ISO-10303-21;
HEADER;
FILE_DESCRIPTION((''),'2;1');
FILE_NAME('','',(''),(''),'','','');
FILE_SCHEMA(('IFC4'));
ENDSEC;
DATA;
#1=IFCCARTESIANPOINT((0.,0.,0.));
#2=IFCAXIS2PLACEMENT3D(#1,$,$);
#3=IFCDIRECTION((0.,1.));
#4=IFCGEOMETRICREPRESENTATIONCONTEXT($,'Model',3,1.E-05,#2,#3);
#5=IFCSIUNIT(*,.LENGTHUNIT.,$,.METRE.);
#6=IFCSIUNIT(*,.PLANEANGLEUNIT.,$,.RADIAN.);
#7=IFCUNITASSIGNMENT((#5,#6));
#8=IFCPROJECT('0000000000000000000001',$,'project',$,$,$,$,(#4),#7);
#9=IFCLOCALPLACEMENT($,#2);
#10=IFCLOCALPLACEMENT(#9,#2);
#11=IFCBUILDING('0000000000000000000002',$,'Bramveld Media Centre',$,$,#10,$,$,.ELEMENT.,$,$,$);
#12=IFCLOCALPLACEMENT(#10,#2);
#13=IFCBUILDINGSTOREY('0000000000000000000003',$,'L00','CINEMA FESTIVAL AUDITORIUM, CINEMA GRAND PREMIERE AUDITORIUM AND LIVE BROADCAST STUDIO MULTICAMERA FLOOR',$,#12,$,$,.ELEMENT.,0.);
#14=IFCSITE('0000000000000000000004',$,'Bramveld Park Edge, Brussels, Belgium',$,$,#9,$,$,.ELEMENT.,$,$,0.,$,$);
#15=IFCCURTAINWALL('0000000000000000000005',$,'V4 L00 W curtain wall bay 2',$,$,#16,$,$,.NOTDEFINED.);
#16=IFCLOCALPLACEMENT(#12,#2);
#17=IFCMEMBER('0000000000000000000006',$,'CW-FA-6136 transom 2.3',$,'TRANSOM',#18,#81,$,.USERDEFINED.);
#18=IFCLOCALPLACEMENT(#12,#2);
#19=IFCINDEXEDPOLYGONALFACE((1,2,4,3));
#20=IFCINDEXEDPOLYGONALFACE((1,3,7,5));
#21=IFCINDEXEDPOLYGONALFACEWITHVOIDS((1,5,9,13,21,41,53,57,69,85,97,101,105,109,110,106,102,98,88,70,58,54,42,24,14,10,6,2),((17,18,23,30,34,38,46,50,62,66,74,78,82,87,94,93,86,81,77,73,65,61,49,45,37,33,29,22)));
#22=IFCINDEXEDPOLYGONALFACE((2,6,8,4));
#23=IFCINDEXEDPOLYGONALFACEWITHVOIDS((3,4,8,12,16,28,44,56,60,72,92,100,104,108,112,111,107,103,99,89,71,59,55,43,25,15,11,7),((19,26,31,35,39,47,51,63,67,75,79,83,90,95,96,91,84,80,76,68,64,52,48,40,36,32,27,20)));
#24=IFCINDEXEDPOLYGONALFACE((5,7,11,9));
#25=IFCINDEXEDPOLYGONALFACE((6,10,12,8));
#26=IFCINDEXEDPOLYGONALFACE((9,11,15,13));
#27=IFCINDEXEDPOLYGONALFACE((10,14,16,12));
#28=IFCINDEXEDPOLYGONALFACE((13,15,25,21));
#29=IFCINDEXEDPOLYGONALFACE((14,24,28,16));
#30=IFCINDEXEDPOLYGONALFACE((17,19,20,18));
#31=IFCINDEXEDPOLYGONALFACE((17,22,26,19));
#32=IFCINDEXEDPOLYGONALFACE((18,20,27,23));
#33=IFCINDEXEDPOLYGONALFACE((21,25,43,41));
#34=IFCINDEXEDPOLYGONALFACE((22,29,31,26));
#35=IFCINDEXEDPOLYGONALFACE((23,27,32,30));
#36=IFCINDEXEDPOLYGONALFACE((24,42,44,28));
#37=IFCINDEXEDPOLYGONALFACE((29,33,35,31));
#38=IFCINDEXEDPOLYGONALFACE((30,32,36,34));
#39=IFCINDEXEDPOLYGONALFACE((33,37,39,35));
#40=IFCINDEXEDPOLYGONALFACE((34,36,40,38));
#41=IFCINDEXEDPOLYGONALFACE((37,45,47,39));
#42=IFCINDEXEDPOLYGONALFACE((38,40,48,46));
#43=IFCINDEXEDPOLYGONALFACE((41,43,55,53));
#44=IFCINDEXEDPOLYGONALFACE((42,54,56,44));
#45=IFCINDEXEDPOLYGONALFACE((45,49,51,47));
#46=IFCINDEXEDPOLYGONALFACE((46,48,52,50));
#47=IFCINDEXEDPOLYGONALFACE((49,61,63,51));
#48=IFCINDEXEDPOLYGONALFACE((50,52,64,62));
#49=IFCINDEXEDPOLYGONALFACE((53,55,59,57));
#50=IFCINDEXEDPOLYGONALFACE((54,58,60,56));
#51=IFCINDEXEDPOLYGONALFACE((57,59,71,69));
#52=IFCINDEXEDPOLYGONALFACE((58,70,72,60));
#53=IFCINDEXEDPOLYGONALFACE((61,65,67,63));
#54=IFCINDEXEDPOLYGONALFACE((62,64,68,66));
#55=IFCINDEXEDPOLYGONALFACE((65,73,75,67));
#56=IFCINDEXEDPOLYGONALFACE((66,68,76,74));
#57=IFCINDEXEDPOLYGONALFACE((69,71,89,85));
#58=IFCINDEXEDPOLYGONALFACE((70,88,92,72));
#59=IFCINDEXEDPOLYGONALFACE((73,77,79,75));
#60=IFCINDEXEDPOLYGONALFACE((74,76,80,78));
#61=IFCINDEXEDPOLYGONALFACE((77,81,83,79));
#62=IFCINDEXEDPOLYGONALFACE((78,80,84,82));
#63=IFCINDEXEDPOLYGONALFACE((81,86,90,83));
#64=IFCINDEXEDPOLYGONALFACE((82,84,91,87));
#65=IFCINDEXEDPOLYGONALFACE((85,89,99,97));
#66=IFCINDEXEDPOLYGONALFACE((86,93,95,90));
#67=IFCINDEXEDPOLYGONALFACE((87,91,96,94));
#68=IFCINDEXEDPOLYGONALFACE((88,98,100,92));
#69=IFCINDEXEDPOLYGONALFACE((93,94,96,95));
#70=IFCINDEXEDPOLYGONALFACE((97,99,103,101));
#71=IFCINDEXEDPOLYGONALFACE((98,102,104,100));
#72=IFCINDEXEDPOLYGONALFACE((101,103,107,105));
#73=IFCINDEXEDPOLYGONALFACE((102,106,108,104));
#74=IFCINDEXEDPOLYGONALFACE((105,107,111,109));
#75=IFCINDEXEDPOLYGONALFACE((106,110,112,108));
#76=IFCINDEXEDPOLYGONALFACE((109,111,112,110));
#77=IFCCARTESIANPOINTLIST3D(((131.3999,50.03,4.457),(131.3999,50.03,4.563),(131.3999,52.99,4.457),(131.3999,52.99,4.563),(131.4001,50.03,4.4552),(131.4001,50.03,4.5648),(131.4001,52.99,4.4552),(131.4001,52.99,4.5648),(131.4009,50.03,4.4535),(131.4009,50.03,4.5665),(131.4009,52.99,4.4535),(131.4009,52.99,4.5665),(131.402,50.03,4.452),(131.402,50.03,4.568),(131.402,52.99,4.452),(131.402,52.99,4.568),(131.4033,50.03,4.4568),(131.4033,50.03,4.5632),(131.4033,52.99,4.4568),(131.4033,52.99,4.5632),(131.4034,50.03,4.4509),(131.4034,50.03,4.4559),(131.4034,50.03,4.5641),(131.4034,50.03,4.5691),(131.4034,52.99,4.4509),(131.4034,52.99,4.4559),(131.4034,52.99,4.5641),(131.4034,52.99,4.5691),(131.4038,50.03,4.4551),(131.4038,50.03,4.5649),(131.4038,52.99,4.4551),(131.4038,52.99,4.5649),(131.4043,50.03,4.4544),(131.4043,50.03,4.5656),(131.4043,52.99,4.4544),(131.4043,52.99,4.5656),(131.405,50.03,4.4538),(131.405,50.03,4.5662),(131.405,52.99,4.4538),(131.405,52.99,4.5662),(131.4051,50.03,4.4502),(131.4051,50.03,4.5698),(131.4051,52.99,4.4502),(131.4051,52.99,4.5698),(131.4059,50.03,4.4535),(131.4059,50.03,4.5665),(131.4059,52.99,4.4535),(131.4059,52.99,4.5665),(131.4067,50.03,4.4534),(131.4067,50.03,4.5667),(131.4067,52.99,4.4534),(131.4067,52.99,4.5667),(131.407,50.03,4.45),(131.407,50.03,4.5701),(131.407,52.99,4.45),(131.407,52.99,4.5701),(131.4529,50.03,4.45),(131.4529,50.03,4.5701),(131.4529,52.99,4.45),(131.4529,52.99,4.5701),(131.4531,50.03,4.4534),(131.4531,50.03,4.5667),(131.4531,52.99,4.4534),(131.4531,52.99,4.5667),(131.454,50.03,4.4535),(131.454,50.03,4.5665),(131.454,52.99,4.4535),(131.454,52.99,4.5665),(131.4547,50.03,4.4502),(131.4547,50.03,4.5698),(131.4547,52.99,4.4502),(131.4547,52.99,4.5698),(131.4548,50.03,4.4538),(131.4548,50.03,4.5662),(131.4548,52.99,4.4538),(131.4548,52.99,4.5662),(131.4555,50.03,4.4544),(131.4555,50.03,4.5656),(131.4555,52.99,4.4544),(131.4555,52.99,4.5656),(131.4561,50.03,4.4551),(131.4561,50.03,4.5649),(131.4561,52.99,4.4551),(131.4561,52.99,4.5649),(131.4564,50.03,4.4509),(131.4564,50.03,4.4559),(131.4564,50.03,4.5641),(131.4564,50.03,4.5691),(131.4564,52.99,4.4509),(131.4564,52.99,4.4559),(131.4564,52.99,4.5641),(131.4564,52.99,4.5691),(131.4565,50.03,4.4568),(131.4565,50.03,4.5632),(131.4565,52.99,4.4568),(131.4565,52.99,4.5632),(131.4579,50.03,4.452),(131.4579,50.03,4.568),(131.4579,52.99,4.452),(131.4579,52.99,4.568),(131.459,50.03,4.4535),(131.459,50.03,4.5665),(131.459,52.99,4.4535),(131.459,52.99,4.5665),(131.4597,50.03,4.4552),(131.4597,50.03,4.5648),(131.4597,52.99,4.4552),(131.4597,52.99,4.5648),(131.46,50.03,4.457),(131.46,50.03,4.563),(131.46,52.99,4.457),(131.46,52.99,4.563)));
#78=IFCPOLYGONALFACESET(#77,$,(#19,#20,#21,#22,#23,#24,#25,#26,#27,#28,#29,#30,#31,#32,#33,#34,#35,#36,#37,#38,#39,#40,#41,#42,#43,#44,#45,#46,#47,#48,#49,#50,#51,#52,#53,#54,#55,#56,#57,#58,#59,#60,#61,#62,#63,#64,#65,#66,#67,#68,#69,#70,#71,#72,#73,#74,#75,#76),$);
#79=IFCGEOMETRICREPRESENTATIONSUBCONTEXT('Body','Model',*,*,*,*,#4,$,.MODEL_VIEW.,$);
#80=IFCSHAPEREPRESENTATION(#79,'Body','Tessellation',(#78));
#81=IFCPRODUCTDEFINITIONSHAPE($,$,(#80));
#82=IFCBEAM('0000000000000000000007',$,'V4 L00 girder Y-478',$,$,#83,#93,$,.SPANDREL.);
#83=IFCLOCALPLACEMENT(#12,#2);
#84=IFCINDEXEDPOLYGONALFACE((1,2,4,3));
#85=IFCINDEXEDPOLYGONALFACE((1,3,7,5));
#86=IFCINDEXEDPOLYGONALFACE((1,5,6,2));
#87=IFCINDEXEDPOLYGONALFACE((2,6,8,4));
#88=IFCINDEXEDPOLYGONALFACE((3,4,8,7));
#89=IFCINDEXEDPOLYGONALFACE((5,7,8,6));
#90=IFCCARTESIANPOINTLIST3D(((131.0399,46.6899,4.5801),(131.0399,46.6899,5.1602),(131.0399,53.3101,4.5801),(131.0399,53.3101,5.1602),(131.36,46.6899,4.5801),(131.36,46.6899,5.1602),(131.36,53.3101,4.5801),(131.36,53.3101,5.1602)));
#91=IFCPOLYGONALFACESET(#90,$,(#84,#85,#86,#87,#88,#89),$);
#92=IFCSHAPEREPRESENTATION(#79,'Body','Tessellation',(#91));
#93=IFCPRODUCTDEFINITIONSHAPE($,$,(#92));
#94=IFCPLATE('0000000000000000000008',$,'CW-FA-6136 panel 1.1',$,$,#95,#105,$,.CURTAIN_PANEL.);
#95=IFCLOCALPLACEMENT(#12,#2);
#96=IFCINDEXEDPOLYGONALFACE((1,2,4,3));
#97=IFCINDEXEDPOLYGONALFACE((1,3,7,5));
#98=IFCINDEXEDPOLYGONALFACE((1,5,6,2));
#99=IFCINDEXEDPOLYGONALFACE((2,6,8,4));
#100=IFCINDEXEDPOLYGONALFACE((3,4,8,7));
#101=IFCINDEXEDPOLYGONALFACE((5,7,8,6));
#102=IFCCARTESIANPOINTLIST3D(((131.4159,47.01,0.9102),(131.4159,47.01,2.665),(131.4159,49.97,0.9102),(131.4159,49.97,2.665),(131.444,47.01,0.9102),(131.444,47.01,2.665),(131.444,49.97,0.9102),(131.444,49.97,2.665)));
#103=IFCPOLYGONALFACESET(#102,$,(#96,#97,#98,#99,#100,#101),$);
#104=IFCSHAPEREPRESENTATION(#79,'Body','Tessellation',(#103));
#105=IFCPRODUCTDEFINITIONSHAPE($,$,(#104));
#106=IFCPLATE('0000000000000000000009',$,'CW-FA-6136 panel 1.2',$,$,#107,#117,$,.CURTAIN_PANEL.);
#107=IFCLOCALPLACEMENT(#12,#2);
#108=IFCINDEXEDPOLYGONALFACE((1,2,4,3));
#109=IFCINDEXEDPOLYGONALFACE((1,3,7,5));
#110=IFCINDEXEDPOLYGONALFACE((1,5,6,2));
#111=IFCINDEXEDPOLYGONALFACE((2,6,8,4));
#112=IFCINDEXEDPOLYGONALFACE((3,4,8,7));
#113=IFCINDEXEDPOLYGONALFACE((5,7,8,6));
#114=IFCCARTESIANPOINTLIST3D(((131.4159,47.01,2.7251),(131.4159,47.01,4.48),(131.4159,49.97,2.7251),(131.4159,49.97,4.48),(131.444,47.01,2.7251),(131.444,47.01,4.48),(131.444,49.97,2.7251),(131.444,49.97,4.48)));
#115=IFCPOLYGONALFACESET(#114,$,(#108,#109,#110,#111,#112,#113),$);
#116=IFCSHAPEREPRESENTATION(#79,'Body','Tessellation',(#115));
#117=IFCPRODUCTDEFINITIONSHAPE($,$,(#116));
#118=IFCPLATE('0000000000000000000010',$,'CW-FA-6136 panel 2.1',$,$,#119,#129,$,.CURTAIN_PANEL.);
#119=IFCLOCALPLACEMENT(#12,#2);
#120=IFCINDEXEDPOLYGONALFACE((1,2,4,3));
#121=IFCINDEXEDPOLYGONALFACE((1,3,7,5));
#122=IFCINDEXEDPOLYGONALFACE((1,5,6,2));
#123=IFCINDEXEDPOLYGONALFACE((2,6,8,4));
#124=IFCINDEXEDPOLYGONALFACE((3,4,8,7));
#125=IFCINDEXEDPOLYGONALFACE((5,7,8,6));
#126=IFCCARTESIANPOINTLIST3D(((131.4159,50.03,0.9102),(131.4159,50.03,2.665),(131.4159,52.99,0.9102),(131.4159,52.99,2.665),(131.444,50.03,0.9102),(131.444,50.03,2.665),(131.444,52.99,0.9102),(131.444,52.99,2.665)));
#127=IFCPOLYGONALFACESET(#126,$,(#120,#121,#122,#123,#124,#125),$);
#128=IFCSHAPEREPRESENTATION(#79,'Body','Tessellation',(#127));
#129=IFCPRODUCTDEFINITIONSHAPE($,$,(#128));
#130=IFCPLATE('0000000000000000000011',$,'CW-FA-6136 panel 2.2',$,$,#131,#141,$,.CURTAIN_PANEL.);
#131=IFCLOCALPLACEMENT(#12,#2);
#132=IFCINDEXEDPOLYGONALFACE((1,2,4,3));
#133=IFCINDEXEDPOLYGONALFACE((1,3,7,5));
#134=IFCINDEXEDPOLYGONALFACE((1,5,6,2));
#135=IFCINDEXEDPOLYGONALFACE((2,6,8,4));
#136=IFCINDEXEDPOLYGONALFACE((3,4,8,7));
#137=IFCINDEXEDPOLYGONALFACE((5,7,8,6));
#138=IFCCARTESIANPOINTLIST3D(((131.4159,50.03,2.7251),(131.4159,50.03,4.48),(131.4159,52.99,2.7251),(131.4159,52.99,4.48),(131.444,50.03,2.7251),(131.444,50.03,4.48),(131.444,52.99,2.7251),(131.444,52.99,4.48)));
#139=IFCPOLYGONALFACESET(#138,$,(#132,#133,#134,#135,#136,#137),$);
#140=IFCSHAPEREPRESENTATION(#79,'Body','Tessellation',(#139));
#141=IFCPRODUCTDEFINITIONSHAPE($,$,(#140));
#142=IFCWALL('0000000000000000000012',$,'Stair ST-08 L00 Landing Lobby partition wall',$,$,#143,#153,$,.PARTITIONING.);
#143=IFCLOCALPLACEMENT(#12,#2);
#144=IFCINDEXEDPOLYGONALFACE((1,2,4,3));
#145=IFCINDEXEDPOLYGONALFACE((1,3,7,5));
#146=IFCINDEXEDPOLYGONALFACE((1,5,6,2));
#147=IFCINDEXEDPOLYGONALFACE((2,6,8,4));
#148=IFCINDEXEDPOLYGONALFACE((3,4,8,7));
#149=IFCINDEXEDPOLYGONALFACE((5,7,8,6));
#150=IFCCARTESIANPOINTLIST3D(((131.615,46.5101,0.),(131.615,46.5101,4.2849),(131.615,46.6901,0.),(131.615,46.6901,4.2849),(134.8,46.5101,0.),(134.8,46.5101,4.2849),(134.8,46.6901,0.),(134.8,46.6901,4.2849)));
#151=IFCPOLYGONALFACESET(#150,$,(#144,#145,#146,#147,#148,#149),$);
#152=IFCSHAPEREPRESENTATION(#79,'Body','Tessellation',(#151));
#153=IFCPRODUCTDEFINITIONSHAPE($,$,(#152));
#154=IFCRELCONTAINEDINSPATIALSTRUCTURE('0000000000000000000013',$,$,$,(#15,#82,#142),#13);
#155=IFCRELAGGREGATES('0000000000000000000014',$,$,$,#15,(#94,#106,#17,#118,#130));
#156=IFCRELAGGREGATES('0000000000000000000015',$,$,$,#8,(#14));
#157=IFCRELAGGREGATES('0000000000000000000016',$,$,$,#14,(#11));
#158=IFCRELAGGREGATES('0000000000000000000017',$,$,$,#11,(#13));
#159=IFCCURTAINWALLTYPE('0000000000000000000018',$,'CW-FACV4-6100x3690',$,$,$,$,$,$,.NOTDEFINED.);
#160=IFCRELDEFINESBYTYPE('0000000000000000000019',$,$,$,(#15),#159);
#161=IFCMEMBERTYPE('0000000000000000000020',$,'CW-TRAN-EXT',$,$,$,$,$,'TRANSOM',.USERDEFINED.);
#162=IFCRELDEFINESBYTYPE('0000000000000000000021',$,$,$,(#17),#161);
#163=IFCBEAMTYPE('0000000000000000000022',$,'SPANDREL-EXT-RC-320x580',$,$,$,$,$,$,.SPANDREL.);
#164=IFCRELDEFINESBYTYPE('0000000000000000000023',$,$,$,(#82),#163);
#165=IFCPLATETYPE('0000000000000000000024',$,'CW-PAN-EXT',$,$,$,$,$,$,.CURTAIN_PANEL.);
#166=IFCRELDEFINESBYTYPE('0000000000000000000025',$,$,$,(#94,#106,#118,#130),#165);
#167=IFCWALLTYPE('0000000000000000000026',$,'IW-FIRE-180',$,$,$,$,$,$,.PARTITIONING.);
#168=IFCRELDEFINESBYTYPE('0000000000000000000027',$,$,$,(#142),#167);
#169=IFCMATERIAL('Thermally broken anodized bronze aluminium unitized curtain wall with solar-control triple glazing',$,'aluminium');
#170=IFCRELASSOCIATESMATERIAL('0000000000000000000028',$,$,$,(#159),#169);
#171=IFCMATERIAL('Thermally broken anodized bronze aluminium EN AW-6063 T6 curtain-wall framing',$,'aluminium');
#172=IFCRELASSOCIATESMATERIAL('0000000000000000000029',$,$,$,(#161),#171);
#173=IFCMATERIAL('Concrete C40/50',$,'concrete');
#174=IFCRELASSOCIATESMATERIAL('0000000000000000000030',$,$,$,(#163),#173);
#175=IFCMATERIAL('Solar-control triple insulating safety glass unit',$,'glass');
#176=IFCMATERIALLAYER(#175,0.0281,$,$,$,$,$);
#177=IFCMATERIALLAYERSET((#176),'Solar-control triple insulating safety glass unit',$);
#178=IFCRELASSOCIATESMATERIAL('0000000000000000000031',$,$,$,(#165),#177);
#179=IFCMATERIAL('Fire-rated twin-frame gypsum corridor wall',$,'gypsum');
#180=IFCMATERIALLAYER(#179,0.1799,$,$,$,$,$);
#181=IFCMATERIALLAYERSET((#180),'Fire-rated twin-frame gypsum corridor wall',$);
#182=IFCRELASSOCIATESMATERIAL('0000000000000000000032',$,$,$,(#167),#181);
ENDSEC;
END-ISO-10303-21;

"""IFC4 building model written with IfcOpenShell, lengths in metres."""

from ifc_helpers import new_model, si_unit, direction, frame, frame_2d, origin, origin_2d, place, context, subcontext, project, spatial, rectangle, hollow_rectangle, extrude, material, layer, layer_set, material_profile, profile_set, type_object, element, aggregate, save


model = new_model("IFC4")

# Units and contexts
model_context = context("Model", 3, precision=1e-05, world=origin(), true_north=direction((0.0, 1.0)))
body_context = subcontext(model_context, "Body", "Model", "MODEL_VIEW")
ifc_project = project(units=[si_unit("LENGTHUNIT", "METRE"), si_unit("PLANEANGLEUNIT", "RADIAN")], contexts=[model_context])

# Site, building, storey
site_placement = place(None, origin())
site = spatial("IfcSite", under=ifc_project, at=site_placement, Name="Bramveld Park Edge, Brussels, Belgium", CompositionType="ELEMENT", RefElevation=0.0)
building_placement = place(site_placement, origin())
building = spatial("IfcBuilding", under=site, at=building_placement, Name="Bramveld Media Centre", CompositionType="ELEMENT")
storey_placement = place(building_placement, origin())
storey = spatial("IfcBuildingStorey", under=building, at=storey_placement, Name="L00", Description="CINEMA FESTIVAL AUDITORIUM, CINEMA GRAND PREMIERE AUDITORIUM AND LIVE BROADCAST STUDIO MULTICAMERA FLOOR", CompositionType="ELEMENT", Elevation=0.0)

# Curtain wall, member
ifc_material_1 = material(Name="Thermally broken anodized bronze aluminium unitized curtain wall with solar-control triple glazing", Category="aluminium")
curtain_wall_type = type_object("IfcCurtainWallType", Name="CW-FACV4-6100x3690", PredefinedType="NOTDEFINED", material=ifc_material_1)
curtain_wall_placement = place(storey_placement, origin())
curtain_wall = element("IfcCurtainWall", 1, at=curtain_wall_placement, inside=storey, type_object=curtain_wall_type, Name="V4 L00 W curtain wall bay 2", PredefinedType="NOTDEFINED")
ifc_material_2 = material(Name="Thermally broken anodized bronze aluminium EN AW-6063 T6 curtain-wall framing", Category="aluminium")
ifc_material_profile_1 = material_profile(ifc_material_2, hollow_rectangle(XDim=0.0601, YDim=0.1201, WallThickness=0.0034, InnerFilletRadius=0.0034, OuterFilletRadius=0.0071, at=origin_2d()), Name="AL-TRAN 60x120")
ifc_profile_set_1 = profile_set([ifc_material_profile_1], Name="Thermally broken anodized bronze aluminium EN AW-6063 T6 curtain-wall framing")
member_type_1 = type_object("IfcMemberType", Name="CW-TRAN-EXT", ElementType="TRANSOM", PredefinedType="USERDEFINED", material=ifc_profile_set_1)
member_1_placement = place(storey_placement, frame((131.4299, 50.03, 4.51), z_axis=(0.0, 1.0, 0.0), x_axis=(-1.0, 0.0, 0.0)))
member_1 = element("IfcMember", 2, at=member_1_placement, type_object=member_type_1, Name="CW-FA-6136 transom 2.3", ObjectType="TRANSOM", PredefinedType="USERDEFINED", context=body_context, shape_type="SweptSolid", body=[
    extrude(hollow_rectangle(XDim=0.0601, YDim=0.1201, WallThickness=0.0034, InnerFilletRadius=0.0034, OuterFilletRadius=0.0071, at=origin_2d()), origin(), (0.0, 0.0, 1.0), 2.96),
])

# Beam
ifc_material_3 = material(Name="Concrete C40/50", Category="concrete")
ifc_material_profile_2 = material_profile(ifc_material_3, rectangle(XDim=0.3201, YDim=0.5801, at=origin_2d()), Name="RC 320x580")
ifc_profile_set_2 = profile_set([ifc_material_profile_2], Name="Concrete C40/50")
beam_type_1 = type_object("IfcBeamType", Name="SPANDREL-EXT-RC-320x580", PredefinedType="SPANDREL", material=ifc_profile_set_2)
beam_1_placement = place(storey_placement, frame((131.2, 46.6899, 4.8701), z_axis=(0.0, 1.0, 0.0), x_axis=(-1.0, 0.0, 0.0)))
element("IfcBeam", 3, at=beam_1_placement, inside=storey, type_object=beam_type_1, Name="V4 L00 girder Y-478", PredefinedType="SPANDREL", context=body_context, shape_type="SweptSolid", body=[
    extrude(rectangle(XDim=0.3201, YDim=0.5801, at=origin_2d()), origin(), (0.0, 0.0, 1.0), 6.6201),
])

# Plates
ifc_material_4 = material(Name="Solar-control triple insulating safety glass unit", Category="glass")
ifc_layer_1 = layer(ifc_material_4, 0.0281)
ifc_layer_set_1 = layer_set([ifc_layer_1], Name="Solar-control triple insulating safety glass unit")
plate_type = type_object("IfcPlateType", Name="CW-PAN-EXT", PredefinedType="CURTAIN_PANEL", material=ifc_layer_set_1)
plate_1_placement = place(storey_placement, frame((131.4299, 48.49, 0.9102), z_axis=(0.0, 0.0, 1.0), x_axis=(0.0, 1.0, 0.0)))
plate_1 = element("IfcPlate", 4, at=plate_1_placement, type_object=plate_type, Name="CW-FA-6136 panel 1.1", PredefinedType="CURTAIN_PANEL", context=body_context, shape_type="SweptSolid", body=[
    extrude(rectangle(XDim=2.96, YDim=0.0281, at=origin_2d()), origin(), (0.0, 0.0, 1.0), 1.7549),
])
plate_2_placement = place(storey_placement, frame((131.4299, 48.49, 2.7251), z_axis=(0.0, 0.0, 1.0), x_axis=(0.0, 1.0, 0.0)))
plate_2 = element("IfcPlate", 5, at=plate_2_placement, type_object=plate_type, Name="CW-FA-6136 panel 1.2", PredefinedType="CURTAIN_PANEL", context=body_context, shape_type="SweptSolid", body=[
    extrude(rectangle(XDim=2.96, YDim=0.0281, at=origin_2d()), origin(), (0.0, 0.0, 1.0), 1.7549),
])
plate_3_placement = place(storey_placement, frame((131.4299, 51.51, 0.9102), z_axis=(0.0, 0.0, 1.0), x_axis=(0.0, 1.0, 0.0)))
plate_3 = element("IfcPlate", 6, at=plate_3_placement, type_object=plate_type, Name="CW-FA-6136 panel 2.1", PredefinedType="CURTAIN_PANEL", context=body_context, shape_type="SweptSolid", body=[
    extrude(rectangle(XDim=2.96, YDim=0.0281, at=origin_2d()), origin(), (0.0, 0.0, 1.0), 1.7549),
])
plate_4_placement = place(storey_placement, frame((131.4299, 51.51, 2.7251), z_axis=(0.0, 0.0, 1.0), x_axis=(0.0, 1.0, 0.0)))
plate_4 = element("IfcPlate", 7, at=plate_4_placement, type_object=plate_type, Name="CW-FA-6136 panel 2.2", PredefinedType="CURTAIN_PANEL", context=body_context, shape_type="SweptSolid", body=[
    extrude(rectangle(XDim=2.96, YDim=0.0281, at=origin_2d()), origin(), (0.0, 0.0, 1.0), 1.7549),
])
aggregate(curtain_wall, [plate_1, plate_2, member_1, plate_3, plate_4])

# Wall
ifc_material_5 = material(Name="Fire-rated twin-frame gypsum corridor wall", Category="gypsum")
ifc_layer_2 = layer(ifc_material_5, 0.1799)
ifc_layer_set_2 = layer_set([ifc_layer_2], Name="Fire-rated twin-frame gypsum corridor wall")
wall_type = type_object("IfcWallType", Name="IW-FIRE-180", PredefinedType="PARTITIONING", material=ifc_layer_set_2)
wall_placement = place(storey_placement, frame((131.615, 46.6001, 0.0), z_axis=(0.0, 0.0, 1.0), x_axis=(1.0, 0.0, 0.0)))
element("IfcWall", 8, at=wall_placement, inside=storey, type_object=wall_type, Name="Stair ST-08 L00 Landing Lobby partition wall", PredefinedType="PARTITIONING", context=body_context, shape_type="SweptSolid", body=[
    extrude(rectangle(XDim=3.1851, YDim=0.1799, at=frame_2d((1.5925, 0.0))), origin(), (0.0, 0.0, 1.0), 4.2849),
])

save(model, "model.ifc")
